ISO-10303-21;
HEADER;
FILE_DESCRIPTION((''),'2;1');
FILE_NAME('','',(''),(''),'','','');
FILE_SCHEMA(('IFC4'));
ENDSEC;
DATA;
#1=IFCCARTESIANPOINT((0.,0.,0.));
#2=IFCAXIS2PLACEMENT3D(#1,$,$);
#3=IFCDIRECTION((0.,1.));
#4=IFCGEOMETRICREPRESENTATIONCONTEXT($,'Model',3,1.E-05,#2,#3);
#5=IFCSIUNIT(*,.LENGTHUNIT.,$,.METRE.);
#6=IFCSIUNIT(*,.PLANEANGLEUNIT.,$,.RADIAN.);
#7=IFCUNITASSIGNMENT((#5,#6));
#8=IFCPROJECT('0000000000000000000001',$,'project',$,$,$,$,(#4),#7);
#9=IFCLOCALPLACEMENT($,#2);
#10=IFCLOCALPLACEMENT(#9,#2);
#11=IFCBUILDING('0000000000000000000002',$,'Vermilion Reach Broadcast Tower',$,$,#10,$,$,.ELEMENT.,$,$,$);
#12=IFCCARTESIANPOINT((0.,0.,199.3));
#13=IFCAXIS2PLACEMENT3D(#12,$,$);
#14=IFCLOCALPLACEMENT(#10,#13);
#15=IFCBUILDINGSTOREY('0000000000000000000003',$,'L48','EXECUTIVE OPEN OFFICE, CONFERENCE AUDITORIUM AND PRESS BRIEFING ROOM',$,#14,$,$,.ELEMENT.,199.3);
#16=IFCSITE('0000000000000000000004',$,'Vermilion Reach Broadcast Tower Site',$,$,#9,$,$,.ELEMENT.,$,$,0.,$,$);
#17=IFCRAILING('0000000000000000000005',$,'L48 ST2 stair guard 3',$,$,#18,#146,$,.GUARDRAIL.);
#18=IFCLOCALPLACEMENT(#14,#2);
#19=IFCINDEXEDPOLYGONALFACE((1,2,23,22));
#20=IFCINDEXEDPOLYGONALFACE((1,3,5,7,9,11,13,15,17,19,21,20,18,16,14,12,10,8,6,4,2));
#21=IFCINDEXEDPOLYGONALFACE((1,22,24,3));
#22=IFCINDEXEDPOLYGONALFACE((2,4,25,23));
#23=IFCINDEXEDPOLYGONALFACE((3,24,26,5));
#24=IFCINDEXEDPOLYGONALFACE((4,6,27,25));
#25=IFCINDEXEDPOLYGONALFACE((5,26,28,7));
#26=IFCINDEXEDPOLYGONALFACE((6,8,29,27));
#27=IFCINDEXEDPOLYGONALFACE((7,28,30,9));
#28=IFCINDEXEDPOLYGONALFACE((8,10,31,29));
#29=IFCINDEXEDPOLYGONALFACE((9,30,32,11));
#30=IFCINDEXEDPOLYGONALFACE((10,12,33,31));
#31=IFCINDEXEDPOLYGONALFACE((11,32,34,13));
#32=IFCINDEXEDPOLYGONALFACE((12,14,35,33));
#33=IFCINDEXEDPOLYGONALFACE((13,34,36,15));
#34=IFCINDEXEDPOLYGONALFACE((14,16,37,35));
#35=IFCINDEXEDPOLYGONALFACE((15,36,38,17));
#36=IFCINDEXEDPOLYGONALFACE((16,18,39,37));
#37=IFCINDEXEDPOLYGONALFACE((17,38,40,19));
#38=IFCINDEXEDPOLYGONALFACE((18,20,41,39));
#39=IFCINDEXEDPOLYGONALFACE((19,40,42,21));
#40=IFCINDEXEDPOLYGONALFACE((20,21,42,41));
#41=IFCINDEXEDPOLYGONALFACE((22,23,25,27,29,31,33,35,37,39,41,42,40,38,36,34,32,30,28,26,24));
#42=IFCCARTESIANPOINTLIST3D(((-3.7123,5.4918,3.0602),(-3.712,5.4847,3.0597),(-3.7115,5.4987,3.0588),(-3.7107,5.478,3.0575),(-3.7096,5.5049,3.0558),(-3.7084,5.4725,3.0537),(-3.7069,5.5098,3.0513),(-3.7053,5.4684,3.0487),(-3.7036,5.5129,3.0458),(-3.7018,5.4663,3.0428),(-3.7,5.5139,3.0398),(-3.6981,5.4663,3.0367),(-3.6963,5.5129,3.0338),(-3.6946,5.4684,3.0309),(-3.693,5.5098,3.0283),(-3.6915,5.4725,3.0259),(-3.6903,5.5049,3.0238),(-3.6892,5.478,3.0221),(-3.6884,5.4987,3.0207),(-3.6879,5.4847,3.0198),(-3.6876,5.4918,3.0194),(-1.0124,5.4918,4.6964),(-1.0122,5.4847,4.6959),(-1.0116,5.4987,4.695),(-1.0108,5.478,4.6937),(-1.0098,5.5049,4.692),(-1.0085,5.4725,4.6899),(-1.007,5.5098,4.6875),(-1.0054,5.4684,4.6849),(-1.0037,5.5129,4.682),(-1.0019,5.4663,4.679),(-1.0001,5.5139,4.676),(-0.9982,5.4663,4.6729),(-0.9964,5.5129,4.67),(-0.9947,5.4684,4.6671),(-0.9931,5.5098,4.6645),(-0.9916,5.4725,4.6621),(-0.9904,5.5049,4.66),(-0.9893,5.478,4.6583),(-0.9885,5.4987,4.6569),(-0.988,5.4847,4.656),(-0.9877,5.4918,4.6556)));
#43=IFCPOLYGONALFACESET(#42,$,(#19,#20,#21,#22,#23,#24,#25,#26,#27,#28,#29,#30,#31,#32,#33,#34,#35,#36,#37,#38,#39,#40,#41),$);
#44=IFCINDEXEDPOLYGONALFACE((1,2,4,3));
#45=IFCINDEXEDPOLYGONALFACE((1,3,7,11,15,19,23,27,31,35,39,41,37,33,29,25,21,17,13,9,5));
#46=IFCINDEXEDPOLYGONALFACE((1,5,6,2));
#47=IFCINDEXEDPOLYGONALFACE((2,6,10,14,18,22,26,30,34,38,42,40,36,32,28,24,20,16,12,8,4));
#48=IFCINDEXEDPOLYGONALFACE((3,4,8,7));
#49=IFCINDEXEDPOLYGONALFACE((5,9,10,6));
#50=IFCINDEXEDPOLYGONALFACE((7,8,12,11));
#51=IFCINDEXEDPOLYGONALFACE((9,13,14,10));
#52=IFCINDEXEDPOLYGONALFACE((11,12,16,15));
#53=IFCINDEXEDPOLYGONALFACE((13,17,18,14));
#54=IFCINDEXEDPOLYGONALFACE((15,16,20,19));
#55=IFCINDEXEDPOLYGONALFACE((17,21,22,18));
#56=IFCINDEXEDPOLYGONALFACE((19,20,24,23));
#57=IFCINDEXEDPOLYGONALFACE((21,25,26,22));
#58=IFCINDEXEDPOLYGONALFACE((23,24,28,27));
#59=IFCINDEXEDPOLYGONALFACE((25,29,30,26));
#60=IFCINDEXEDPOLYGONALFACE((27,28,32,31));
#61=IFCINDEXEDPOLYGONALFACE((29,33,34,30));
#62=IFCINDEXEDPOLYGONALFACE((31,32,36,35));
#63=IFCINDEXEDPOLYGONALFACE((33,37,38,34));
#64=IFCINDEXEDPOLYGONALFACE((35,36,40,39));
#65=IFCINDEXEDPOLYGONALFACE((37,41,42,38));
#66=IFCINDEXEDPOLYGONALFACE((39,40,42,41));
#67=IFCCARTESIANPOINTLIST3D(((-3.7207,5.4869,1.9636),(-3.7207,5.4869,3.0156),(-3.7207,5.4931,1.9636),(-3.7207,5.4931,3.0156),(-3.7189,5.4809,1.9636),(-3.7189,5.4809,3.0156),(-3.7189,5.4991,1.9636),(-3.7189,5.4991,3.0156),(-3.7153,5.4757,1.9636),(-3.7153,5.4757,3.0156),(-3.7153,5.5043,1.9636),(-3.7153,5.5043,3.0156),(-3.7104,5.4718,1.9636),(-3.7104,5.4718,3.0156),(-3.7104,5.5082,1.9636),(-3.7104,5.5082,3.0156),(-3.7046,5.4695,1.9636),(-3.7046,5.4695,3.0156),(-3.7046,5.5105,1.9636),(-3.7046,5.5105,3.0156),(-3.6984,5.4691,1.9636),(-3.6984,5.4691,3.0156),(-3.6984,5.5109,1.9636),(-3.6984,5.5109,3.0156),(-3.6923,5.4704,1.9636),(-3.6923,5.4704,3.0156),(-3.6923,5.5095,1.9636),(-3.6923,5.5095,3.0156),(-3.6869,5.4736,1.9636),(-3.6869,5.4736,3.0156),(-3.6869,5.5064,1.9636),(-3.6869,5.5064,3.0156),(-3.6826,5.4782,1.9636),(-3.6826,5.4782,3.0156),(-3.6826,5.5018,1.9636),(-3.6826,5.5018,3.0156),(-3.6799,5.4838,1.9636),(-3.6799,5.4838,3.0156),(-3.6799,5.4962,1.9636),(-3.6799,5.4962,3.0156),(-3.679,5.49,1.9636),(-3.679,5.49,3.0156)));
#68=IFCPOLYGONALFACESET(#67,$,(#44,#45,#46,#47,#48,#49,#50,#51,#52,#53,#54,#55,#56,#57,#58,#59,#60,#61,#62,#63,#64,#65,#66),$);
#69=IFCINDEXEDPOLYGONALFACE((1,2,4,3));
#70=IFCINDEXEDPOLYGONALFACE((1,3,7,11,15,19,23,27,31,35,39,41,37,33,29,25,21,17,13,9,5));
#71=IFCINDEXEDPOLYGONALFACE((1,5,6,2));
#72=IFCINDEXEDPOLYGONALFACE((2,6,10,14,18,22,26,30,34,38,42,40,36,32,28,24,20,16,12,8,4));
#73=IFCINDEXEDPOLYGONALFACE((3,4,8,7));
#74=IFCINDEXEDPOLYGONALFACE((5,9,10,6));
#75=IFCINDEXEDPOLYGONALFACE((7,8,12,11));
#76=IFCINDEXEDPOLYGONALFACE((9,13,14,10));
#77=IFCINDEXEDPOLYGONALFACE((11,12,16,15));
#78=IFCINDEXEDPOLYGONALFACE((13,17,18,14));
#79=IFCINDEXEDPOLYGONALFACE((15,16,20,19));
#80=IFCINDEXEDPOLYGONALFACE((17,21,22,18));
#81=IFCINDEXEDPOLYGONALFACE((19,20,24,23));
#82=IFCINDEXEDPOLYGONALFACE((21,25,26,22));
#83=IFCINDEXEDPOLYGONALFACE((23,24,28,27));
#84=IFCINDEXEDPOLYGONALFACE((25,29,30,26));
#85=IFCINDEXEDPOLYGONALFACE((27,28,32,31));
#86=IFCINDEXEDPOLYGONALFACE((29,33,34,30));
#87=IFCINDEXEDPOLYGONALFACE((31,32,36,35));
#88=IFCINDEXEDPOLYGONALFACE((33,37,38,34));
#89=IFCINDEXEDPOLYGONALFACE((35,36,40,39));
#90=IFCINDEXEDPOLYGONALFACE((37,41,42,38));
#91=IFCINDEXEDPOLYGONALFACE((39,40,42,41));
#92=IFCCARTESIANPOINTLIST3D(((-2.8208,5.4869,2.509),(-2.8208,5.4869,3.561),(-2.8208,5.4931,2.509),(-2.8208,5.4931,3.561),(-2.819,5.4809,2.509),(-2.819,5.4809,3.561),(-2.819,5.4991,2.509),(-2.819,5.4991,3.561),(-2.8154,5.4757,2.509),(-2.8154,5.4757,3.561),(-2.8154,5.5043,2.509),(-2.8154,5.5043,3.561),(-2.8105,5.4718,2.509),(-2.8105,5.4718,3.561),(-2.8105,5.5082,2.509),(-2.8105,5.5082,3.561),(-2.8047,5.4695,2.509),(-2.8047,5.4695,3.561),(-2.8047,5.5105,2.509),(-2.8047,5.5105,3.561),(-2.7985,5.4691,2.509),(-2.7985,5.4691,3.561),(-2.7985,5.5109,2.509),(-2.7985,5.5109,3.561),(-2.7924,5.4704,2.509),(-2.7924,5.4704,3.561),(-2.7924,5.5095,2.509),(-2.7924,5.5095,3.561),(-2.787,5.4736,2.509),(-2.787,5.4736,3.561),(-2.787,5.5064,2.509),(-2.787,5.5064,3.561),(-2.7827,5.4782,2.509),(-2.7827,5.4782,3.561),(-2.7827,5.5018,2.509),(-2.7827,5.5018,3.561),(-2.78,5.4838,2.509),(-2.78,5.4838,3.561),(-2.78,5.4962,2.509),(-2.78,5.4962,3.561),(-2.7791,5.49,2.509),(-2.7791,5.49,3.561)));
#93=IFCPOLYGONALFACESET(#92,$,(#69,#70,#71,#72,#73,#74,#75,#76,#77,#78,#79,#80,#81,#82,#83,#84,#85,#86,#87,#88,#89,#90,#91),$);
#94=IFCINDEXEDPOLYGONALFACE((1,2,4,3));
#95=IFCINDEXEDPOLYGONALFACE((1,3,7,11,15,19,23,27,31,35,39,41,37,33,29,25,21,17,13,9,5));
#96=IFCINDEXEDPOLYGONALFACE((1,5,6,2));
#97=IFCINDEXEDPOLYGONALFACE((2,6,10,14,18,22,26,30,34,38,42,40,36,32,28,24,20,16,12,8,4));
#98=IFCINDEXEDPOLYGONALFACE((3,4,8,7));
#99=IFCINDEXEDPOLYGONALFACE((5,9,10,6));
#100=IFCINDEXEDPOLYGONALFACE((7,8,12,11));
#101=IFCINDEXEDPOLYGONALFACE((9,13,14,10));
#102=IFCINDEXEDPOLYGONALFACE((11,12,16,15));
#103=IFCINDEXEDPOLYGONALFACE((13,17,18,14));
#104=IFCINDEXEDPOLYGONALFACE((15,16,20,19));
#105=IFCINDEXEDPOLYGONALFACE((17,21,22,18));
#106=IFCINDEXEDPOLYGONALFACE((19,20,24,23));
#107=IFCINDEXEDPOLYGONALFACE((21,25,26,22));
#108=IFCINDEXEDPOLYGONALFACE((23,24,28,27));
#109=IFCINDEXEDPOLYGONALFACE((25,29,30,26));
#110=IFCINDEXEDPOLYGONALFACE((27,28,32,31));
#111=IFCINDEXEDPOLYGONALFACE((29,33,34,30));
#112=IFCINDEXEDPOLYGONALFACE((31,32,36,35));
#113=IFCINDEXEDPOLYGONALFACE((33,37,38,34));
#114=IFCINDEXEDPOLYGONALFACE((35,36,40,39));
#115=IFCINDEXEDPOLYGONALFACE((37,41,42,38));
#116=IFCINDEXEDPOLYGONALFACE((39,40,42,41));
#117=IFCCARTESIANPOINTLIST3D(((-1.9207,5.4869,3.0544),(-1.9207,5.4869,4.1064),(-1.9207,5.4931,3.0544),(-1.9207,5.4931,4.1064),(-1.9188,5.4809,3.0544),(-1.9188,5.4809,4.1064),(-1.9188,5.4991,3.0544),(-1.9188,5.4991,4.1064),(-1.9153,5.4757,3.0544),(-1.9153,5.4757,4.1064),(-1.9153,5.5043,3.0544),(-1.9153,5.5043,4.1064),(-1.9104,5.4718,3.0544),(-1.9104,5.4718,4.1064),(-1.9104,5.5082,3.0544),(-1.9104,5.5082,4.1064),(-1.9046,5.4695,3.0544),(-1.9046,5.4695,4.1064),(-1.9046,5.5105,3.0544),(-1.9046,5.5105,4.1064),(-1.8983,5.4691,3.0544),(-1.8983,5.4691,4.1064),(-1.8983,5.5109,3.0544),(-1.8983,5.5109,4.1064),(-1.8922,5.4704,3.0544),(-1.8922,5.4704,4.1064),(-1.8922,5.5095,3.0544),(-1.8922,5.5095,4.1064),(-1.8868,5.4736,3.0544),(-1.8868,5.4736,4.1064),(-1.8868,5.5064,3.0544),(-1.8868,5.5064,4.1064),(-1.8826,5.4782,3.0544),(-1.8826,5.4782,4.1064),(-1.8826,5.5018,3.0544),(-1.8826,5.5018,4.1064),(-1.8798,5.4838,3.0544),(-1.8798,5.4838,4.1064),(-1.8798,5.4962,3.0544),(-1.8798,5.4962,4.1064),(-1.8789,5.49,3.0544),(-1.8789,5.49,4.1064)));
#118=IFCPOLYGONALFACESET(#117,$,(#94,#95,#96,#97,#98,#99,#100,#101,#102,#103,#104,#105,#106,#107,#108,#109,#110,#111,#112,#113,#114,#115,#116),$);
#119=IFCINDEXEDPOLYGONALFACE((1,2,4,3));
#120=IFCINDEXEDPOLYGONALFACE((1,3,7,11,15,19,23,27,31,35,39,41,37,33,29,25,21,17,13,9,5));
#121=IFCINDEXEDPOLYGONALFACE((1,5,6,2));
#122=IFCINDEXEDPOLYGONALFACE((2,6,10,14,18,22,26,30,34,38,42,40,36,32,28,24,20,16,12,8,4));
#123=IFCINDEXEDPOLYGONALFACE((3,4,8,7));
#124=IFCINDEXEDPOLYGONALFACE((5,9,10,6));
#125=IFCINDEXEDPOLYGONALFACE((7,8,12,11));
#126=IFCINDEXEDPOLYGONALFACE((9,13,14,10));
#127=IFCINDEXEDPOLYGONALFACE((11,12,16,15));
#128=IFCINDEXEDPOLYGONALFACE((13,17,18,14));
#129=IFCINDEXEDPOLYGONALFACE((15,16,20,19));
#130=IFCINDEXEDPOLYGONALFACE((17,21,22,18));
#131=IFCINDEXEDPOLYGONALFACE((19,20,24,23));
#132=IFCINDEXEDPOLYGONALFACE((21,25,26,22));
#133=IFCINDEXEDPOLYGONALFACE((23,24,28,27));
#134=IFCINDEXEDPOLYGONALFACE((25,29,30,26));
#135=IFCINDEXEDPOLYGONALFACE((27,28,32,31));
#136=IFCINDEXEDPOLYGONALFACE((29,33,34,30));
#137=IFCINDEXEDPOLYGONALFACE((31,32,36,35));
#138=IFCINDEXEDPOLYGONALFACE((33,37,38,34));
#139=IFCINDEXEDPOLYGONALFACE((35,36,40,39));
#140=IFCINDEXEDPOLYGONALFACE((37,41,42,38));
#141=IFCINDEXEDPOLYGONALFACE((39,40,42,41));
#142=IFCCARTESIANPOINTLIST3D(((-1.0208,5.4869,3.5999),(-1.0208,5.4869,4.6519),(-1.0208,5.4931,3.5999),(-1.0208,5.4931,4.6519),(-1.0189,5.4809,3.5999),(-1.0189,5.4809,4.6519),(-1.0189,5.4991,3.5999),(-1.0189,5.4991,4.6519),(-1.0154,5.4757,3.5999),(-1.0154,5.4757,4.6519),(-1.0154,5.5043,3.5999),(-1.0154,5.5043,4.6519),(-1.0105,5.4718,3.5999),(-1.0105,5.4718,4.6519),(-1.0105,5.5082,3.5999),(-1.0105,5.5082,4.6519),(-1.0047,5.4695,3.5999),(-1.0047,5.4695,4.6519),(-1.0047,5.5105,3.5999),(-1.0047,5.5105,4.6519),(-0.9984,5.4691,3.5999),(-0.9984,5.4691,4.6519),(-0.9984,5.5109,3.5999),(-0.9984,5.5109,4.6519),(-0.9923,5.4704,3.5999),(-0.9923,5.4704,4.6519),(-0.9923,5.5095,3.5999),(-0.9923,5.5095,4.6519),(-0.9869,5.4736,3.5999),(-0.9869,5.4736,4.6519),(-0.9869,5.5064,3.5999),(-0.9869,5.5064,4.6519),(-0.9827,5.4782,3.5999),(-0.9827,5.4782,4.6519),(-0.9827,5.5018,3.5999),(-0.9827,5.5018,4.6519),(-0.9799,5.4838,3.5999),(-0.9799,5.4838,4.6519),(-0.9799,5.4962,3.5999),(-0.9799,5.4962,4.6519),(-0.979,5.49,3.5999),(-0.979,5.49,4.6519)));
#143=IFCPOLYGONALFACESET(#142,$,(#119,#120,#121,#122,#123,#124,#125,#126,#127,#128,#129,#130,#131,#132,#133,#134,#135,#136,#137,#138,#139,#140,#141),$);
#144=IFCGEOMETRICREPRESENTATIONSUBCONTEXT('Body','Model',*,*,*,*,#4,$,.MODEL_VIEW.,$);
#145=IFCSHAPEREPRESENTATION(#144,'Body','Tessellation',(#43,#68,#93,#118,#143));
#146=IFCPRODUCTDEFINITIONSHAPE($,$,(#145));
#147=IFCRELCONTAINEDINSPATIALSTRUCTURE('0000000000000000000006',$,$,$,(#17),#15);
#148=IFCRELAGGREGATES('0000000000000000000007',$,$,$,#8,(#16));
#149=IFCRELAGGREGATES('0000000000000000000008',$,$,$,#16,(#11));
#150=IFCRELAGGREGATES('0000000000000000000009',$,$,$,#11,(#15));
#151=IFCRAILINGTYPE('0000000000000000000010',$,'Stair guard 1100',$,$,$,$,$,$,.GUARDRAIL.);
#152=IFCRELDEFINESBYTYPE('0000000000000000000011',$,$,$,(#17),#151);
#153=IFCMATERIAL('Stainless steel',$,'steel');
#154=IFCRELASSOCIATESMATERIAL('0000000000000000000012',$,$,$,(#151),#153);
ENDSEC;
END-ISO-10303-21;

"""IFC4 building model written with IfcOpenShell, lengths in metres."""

from ifc_helpers import new_model, si_unit, direction, frame, origin, origin_2d, place, context, subcontext, project, spatial, circle, extrude, material, type_object, element, save


model = new_model("IFC4")

# Units and contexts
model_context = context("Model", 3, precision=1e-05, world=origin(), true_north=direction((0.0, 1.0)))
body_context = subcontext(model_context, "Body", "Model", "MODEL_VIEW")
ifc_project = project(units=[si_unit("LENGTHUNIT", "METRE"), si_unit("PLANEANGLEUNIT", "RADIAN")], contexts=[model_context])

# Site, building, storey
site_placement = place(None, origin())
site = spatial("IfcSite", under=ifc_project, at=site_placement, Name="Vermilion Reach Broadcast Tower Site", CompositionType="ELEMENT", RefElevation=0.0)
building_placement = place(site_placement, origin())
building = spatial("IfcBuilding", under=site, at=building_placement, Name="Vermilion Reach Broadcast Tower", CompositionType="ELEMENT")
storey_placement = place(building_placement, frame((0.0, 0.0, 199.3)))
storey = spatial("IfcBuildingStorey", under=building, at=storey_placement, Name="L48", Description="EXECUTIVE OPEN OFFICE, CONFERENCE AUDITORIUM AND PRESS BRIEFING ROOM", CompositionType="ELEMENT", Elevation=199.3)

# Railing
ifc_material_1 = material(Name="Stainless steel", Category="steel")
railing_type_1 = type_object("IfcRailingType", Name="Stair guard 1100", PredefinedType="GUARDRAIL", material=ifc_material_1)
railing_1_placement = place(storey_placement, frame((-3.7, 5.49, 1.9636)))
element("IfcRailing", 1, at=railing_1_placement, inside=storey, type_object=railing_type_1, Name="L48 ST2 stair guard 3", PredefinedType="GUARDRAIL", context=body_context, shape_type="SweptSolid", body=[
    extrude(circle(Radius=0.0239, at=origin_2d()), frame((0.0, 0.0, 1.0762), z_axis=(0.855212, 0.0, 0.518278), x_axis=(0.0, 1.0, 0.0)), (0.0, 0.0, 1.0), 3.157),
    extrude(circle(Radius=0.021, at=origin_2d()), origin(), (0.0, 0.0, 1.0), 1.052),
    extrude(circle(Radius=0.021, at=origin_2d()), frame((0.8999, 0.0, 0.5454)), (0.0, 0.0, 1.0), 1.052),
    extrude(circle(Radius=0.021, at=origin_2d()), frame((1.8, 0.0, 1.0908)), (0.0, 0.0, 1.0), 1.052),
    extrude(circle(Radius=0.021, at=origin_2d()), frame((2.7, 0.0, 1.6362)), (0.0, 0.0, 1.0), 1.052),
])

save(model, "model.ifc")
